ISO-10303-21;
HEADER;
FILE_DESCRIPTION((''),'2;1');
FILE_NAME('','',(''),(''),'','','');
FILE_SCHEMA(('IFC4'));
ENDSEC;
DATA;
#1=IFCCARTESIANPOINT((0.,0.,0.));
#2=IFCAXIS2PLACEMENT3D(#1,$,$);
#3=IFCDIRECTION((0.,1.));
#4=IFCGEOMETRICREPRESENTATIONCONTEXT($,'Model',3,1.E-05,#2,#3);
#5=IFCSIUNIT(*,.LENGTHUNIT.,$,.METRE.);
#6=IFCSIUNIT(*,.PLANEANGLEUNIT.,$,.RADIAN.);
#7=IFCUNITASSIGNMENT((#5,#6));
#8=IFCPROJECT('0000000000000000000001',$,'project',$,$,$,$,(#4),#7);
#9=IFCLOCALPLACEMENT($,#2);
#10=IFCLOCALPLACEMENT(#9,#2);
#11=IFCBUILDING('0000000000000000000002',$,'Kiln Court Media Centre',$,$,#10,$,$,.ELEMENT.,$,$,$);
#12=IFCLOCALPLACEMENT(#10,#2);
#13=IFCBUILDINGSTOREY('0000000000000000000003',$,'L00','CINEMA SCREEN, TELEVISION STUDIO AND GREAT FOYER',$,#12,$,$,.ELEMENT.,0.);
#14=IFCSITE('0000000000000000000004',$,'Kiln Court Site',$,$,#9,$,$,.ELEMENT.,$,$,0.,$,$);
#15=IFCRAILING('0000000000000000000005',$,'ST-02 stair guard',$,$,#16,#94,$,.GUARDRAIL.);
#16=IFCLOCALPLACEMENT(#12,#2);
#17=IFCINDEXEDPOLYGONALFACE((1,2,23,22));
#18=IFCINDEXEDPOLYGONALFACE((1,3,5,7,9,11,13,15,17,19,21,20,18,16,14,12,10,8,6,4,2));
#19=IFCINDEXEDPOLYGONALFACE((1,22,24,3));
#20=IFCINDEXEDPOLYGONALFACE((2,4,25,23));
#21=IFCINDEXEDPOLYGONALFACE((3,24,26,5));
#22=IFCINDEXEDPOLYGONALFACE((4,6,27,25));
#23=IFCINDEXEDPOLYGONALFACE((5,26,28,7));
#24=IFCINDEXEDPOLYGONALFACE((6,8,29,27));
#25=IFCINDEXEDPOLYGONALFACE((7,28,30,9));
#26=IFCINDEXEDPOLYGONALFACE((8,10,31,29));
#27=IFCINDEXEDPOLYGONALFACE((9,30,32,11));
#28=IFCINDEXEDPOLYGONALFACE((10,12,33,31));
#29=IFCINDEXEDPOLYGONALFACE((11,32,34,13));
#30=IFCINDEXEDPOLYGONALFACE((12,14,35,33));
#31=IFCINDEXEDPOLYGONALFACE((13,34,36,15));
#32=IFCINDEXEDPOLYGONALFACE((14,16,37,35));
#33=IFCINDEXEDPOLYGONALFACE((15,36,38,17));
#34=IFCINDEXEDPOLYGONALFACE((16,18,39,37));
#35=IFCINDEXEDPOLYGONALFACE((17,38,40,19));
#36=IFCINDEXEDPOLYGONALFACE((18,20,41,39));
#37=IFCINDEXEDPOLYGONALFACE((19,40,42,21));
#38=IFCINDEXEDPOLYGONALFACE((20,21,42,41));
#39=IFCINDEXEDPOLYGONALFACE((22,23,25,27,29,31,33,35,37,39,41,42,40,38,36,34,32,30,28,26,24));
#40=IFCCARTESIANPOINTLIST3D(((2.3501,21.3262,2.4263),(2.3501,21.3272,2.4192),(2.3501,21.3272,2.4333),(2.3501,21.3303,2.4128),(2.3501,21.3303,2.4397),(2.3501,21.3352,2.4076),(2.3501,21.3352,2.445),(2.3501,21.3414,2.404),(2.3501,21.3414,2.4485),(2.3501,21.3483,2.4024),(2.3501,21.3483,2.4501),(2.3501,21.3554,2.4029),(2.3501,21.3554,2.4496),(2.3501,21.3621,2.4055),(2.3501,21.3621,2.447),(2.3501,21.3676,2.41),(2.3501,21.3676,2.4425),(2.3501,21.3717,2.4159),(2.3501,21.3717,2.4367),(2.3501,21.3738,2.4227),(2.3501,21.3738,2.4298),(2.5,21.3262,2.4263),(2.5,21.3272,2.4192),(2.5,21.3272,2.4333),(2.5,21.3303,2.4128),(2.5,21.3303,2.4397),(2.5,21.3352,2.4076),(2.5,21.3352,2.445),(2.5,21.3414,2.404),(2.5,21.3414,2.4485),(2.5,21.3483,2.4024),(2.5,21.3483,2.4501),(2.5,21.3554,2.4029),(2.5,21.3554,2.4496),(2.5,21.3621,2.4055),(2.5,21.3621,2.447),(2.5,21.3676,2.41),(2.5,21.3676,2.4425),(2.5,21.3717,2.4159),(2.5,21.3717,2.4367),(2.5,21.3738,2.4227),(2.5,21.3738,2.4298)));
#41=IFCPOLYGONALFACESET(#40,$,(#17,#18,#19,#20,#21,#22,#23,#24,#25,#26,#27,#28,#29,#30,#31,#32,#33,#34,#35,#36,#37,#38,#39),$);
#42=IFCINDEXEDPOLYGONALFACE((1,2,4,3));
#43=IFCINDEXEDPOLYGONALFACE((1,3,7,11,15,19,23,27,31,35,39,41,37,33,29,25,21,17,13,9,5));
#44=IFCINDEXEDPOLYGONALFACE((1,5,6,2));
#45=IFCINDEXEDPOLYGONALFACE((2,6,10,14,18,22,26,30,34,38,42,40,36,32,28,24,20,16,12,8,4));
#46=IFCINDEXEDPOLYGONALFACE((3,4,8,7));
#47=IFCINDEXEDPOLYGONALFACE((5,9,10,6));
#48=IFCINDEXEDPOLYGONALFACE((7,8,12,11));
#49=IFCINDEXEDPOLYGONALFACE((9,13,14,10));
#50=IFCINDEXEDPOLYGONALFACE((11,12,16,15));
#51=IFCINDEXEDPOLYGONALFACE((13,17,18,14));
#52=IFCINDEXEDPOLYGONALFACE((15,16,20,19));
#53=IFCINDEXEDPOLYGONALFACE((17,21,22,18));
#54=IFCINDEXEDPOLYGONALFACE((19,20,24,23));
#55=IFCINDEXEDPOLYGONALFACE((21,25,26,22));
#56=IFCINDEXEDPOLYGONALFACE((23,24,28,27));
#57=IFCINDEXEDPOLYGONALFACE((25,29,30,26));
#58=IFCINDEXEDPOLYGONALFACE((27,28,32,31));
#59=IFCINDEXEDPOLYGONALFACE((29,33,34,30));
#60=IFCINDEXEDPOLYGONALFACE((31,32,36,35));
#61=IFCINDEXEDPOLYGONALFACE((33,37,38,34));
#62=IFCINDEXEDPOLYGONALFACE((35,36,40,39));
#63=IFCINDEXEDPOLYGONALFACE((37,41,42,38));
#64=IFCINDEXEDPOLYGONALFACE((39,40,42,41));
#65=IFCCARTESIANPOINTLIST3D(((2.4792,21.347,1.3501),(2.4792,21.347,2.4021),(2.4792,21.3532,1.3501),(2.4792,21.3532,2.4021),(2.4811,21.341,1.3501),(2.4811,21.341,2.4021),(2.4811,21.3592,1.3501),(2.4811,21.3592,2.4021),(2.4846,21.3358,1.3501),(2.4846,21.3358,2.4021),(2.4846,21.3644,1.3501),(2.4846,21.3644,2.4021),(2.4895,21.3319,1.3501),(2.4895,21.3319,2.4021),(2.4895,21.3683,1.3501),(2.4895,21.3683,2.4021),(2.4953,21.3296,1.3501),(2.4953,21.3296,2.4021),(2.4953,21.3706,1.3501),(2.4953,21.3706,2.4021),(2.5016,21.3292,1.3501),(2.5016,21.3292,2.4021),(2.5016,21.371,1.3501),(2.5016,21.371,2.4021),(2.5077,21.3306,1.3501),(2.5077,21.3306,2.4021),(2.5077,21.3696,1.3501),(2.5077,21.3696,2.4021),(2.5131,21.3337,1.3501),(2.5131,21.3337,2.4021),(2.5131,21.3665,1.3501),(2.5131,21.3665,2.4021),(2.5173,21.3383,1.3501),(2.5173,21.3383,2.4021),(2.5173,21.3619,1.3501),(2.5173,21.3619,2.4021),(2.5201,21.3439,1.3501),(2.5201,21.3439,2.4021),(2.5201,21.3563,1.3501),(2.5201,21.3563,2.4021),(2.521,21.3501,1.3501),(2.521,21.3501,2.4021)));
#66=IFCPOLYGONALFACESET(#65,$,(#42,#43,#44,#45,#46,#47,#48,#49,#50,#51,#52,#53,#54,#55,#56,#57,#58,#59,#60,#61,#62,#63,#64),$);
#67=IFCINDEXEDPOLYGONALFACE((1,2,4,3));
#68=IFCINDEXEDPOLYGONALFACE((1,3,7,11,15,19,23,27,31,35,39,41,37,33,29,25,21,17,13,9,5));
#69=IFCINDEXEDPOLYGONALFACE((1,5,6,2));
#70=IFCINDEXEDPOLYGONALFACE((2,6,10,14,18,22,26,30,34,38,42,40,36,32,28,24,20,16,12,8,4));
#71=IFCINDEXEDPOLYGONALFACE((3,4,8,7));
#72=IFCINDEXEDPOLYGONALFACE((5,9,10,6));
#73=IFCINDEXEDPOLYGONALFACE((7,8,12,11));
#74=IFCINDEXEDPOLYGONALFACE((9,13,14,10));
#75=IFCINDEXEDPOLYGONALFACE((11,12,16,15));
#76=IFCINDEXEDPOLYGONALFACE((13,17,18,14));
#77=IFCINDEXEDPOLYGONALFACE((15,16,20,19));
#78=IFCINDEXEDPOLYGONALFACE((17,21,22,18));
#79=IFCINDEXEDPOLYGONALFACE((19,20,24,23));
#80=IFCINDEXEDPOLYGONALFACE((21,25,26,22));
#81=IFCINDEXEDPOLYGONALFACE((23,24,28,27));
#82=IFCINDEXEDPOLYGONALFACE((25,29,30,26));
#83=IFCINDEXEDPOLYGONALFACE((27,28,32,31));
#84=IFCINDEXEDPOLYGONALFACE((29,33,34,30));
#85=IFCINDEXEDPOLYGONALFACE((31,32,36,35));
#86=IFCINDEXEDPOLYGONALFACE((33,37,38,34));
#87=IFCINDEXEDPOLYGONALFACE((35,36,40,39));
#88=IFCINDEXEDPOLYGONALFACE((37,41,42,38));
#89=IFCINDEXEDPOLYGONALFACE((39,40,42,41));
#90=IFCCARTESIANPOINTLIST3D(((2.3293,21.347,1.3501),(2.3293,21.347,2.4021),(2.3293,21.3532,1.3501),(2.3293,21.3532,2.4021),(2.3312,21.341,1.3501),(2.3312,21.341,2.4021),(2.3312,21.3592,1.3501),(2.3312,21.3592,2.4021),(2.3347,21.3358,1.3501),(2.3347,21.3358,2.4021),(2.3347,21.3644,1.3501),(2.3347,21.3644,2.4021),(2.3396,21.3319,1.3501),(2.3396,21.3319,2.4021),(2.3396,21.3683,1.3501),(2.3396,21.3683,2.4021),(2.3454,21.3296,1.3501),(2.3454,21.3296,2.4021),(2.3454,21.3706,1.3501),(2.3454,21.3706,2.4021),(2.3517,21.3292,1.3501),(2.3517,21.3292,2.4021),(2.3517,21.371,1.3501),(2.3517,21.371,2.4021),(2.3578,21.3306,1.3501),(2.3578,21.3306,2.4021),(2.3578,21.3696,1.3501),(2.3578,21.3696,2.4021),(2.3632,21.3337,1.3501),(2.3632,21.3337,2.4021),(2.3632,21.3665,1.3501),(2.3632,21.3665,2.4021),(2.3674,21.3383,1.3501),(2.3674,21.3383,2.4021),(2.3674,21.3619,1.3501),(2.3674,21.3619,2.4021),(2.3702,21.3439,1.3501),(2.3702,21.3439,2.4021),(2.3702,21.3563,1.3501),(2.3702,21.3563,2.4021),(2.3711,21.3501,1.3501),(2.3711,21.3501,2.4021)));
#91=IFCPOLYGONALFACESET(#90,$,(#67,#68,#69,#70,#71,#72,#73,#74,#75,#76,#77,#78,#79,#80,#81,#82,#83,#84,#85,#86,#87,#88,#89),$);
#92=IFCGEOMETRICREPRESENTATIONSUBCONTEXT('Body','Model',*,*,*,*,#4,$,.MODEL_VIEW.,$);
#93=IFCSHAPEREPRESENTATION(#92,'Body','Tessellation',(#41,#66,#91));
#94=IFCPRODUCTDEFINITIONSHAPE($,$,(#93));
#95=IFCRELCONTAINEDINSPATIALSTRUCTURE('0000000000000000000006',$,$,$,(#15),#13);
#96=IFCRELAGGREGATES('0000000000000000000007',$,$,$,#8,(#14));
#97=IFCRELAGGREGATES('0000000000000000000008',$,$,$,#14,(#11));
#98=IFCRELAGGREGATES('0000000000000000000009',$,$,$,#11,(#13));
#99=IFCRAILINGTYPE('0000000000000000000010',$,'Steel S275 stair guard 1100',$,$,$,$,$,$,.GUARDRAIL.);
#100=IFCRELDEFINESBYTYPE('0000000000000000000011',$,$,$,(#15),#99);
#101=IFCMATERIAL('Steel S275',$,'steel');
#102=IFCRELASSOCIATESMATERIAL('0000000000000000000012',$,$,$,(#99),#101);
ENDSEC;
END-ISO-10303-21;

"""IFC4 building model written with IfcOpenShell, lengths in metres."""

from ifc_helpers import new_model, si_unit, direction, frame, origin, origin_2d, place, context, subcontext, project, spatial, circle, extrude, material, type_object, element, save


model = new_model("IFC4")

# Units and contexts
model_context = context("Model", 3, precision=1e-05, world=origin(), true_north=direction((0.0, 1.0)))
body_context = subcontext(model_context, "Body", "Model", "MODEL_VIEW")
ifc_project = project(units=[si_unit("LENGTHUNIT", "METRE"), si_unit("PLANEANGLEUNIT", "RADIAN")], contexts=[model_context])

# Site, building, storey
site_placement = place(None, origin())
site = spatial("IfcSite", under=ifc_project, at=site_placement, Name="Kiln Court Site", CompositionType="ELEMENT", RefElevation=0.0)
building_placement = place(site_placement, origin())
building = spatial("IfcBuilding", under=site, at=building_placement, Name="Kiln Court Media Centre", CompositionType="ELEMENT")
storey_placement = place(building_placement, origin())
storey = spatial("IfcBuildingStorey", under=building, at=storey_placement, Name="L00", Description="CINEMA SCREEN, TELEVISION STUDIO AND GREAT FOYER", CompositionType="ELEMENT", Elevation=0.0)

# Railing
ifc_material_1 = material(Name="Steel S275", Category="steel")
railing_type_1 = type_object("IfcRailingType", Name="Steel S275 stair guard 1100", PredefinedType="GUARDRAIL", material=ifc_material_1)
railing_1_placement = place(storey_placement, frame((2.5, 21.3501, 1.3501)))
element("IfcRailing", 1, at=railing_1_placement, inside=storey, type_object=railing_type_1, Name="ST-02 stair guard", PredefinedType="GUARDRAIL", context=body_context, shape_type="SweptSolid", body=[
    extrude(circle(Radius=0.0239, at=origin_2d()), frame((0.0, 0.0, 1.0762), z_axis=(-1.0, 0.0, 0.0), x_axis=(0.0, -1.0, 0.0)), (0.0, 0.0, 1.0), 0.1499),
    extrude(circle(Radius=0.021, at=origin_2d()), origin(), (0.0, 0.0, 1.0), 1.052),
    extrude(circle(Radius=0.021, at=origin_2d()), frame((-0.1499, 0.0, 0.0)), (0.0, 0.0, 1.0), 1.052),
])

save(model, "model.ifc")
